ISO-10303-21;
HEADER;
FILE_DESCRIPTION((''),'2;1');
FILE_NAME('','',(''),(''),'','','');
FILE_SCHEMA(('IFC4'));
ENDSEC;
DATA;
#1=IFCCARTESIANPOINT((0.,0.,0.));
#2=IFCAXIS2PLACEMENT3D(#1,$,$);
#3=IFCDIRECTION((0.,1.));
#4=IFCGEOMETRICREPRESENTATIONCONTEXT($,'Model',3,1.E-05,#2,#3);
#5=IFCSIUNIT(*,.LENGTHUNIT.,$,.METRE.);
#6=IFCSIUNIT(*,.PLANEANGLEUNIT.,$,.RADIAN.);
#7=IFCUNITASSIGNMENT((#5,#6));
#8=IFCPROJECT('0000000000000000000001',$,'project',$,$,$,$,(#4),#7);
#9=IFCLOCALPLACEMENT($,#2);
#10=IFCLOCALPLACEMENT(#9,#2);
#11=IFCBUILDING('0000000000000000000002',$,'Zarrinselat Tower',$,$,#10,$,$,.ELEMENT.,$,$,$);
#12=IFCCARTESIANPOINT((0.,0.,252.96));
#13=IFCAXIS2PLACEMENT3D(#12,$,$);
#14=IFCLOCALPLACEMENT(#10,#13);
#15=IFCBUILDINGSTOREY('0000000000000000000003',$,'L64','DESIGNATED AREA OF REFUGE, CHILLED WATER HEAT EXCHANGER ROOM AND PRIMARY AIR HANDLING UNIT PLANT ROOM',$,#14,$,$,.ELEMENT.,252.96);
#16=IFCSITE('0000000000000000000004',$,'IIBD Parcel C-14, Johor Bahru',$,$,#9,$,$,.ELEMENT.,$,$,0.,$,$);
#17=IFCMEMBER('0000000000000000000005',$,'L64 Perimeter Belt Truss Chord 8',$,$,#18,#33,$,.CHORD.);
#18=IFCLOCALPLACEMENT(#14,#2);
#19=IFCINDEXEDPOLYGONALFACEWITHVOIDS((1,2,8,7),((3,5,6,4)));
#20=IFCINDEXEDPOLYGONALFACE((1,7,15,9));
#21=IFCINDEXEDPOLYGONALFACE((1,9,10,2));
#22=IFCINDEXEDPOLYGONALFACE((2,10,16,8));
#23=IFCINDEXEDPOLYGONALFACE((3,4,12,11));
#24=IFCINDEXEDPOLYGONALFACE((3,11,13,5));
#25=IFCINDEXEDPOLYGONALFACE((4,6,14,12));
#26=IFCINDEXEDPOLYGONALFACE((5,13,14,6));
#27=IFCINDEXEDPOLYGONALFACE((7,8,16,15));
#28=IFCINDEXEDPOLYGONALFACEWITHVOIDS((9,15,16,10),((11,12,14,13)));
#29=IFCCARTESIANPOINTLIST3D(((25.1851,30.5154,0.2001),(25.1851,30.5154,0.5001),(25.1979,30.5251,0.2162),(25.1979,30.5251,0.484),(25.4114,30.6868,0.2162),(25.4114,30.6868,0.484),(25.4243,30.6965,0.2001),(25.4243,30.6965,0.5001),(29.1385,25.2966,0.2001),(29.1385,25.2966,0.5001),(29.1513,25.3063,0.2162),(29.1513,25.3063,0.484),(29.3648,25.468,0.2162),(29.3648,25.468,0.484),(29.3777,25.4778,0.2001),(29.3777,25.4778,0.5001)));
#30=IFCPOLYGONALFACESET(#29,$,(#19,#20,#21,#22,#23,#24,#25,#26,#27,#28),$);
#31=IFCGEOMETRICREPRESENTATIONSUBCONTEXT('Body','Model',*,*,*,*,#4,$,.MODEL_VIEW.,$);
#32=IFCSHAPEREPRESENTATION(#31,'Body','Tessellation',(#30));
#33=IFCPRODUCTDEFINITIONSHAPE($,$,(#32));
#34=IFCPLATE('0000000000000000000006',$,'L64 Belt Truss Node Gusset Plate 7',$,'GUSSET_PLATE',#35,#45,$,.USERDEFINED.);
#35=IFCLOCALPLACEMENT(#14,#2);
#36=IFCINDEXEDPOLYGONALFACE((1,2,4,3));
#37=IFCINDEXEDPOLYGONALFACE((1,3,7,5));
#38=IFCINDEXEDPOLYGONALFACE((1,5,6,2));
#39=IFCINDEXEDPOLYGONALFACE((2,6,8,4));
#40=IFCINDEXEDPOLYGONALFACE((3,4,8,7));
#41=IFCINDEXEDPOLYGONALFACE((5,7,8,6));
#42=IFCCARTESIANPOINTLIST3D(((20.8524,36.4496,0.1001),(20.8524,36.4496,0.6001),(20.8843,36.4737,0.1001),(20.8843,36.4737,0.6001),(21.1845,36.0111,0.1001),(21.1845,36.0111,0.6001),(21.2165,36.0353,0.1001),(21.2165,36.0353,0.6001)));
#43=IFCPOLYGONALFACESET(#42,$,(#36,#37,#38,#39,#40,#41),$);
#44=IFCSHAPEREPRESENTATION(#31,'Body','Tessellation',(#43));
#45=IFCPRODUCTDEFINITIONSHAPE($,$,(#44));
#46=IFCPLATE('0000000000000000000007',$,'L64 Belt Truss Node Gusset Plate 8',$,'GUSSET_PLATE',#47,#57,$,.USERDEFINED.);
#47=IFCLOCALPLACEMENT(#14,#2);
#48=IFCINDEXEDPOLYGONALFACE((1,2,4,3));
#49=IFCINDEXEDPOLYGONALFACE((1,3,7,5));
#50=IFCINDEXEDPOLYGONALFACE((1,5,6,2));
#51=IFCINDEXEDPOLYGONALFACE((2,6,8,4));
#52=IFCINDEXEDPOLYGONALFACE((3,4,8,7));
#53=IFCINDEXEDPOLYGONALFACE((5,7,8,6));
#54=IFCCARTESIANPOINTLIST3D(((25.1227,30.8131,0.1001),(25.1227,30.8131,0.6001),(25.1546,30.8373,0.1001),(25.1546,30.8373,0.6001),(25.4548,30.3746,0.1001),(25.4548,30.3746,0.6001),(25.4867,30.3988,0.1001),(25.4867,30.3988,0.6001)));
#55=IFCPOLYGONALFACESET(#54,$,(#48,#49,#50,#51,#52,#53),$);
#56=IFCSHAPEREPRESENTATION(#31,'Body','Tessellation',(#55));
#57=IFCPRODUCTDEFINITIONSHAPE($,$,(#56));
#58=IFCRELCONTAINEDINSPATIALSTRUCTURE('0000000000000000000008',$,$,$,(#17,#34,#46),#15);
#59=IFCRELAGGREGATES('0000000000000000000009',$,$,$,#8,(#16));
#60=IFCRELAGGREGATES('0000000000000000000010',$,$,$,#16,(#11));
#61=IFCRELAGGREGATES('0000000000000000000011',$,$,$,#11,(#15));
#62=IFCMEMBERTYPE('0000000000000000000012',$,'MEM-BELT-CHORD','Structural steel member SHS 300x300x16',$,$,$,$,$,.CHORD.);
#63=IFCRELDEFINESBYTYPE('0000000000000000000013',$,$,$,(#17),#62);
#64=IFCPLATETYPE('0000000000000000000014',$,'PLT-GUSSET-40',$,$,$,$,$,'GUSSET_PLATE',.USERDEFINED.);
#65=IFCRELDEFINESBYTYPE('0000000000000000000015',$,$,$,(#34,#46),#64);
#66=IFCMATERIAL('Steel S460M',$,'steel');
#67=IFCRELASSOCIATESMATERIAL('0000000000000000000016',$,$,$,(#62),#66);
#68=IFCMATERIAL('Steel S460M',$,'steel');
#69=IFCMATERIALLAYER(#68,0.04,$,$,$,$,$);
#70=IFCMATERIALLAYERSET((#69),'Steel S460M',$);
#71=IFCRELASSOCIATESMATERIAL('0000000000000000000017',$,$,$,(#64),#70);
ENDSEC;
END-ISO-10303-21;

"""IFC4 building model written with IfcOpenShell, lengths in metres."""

from ifc_helpers import new_model, si_unit, direction, frame, origin, origin_2d, place, context, subcontext, project, spatial, rectangle, hollow_rectangle, extrude, material, layer, layer_set, material_profile, profile_set, type_object, element, save


model = new_model("IFC4")

# Units and contexts
model_context = context("Model", 3, precision=1e-05, world=origin(), true_north=direction((0.0, 1.0)))
body_context = subcontext(model_context, "Body", "Model", "MODEL_VIEW")
ifc_project = project(units=[si_unit("LENGTHUNIT", "METRE"), si_unit("PLANEANGLEUNIT", "RADIAN")], contexts=[model_context])

# Site, building, storey
site_placement = place(None, origin())
site = spatial("IfcSite", under=ifc_project, at=site_placement, Name="IIBD Parcel C-14, Johor Bahru", CompositionType="ELEMENT", RefElevation=0.0)
building_placement = place(site_placement, origin())
building = spatial("IfcBuilding", under=site, at=building_placement, Name="Zarrinselat Tower", CompositionType="ELEMENT")
storey_placement = place(building_placement, frame((0.0, 0.0, 252.96)))
storey = spatial("IfcBuildingStorey", under=building, at=storey_placement, Name="L64", Description="DESIGNATED AREA OF REFUGE, CHILLED WATER HEAT EXCHANGER ROOM AND PRIMARY AIR HANDLING UNIT PLANT ROOM", CompositionType="ELEMENT", Elevation=252.96)

# Member
ifc_material_1 = material(Name="Steel S460M", Category="steel")
ifc_material_profile_1 = material_profile(ifc_material_1, hollow_rectangle(XDim=0.3, YDim=0.3, WallThickness=0.0161, at=origin_2d()), Name="SHS 300x300x16")
ifc_profile_set_1 = profile_set([ifc_material_profile_1], Name="Steel S460M")
member_type_1 = type_object("IfcMemberType", Name="MEM-BELT-CHORD", Description="Structural steel member SHS 300x300x16", PredefinedType="CHORD", material=ifc_profile_set_1)
member_1_placement = place(storey_placement, frame((25.3047, 30.606, 0.3501), z_axis=(0.603835, -0.797109, 0.0), x_axis=(0.797109, 0.603835, 0.0)))
element("IfcMember", 1, at=member_1_placement, inside=storey, type_object=member_type_1, Name="L64 Perimeter Belt Truss Chord 8", PredefinedType="CHORD", context=body_context, shape_type="SweptSolid", body=[
    extrude(hollow_rectangle(XDim=0.3, YDim=0.3, WallThickness=0.0161, at=origin_2d()), origin(), (0.0, 0.0, 1.0), 6.5471),
])

# Plates
ifc_material_2 = material(Name="Steel S460M", Category="steel")
ifc_layer_1 = layer(ifc_material_2, 0.04)
ifc_layer_set_1 = layer_set([ifc_layer_1], Name="Steel S460M")
plate_type = type_object("IfcPlateType", Name="PLT-GUSSET-40", ElementType="GUSSET_PLATE", PredefinedType="USERDEFINED", material=ifc_layer_set_1)
for number, where, z_axis, x_axis, name in (
    (2, (21.0344, 36.2424, 0.1001), (0.0, 0.0, 1.0), (0.603856, -0.797094, 0.0), "L64 Belt Truss Node Gusset Plate 7"),
    (3, (25.3047, 30.606, 0.1001), (0.0, 0.0, 1.0), (0.603847, -0.7971, 0.0), "L64 Belt Truss Node Gusset Plate 8"),
):
    element("IfcPlate", number, at=place(storey_placement, frame(where, z_axis=z_axis, x_axis=x_axis)), inside=storey, type_object=plate_type, Name=name, ObjectType="GUSSET_PLATE", PredefinedType="USERDEFINED", context=body_context, shape_type="SweptSolid", body=[
        extrude(rectangle(XDim=0.55, YDim=0.04, at=origin_2d()), origin(), (0.0, 0.0, 1.0), 0.5),
    ])

save(model, "model.ifc")
